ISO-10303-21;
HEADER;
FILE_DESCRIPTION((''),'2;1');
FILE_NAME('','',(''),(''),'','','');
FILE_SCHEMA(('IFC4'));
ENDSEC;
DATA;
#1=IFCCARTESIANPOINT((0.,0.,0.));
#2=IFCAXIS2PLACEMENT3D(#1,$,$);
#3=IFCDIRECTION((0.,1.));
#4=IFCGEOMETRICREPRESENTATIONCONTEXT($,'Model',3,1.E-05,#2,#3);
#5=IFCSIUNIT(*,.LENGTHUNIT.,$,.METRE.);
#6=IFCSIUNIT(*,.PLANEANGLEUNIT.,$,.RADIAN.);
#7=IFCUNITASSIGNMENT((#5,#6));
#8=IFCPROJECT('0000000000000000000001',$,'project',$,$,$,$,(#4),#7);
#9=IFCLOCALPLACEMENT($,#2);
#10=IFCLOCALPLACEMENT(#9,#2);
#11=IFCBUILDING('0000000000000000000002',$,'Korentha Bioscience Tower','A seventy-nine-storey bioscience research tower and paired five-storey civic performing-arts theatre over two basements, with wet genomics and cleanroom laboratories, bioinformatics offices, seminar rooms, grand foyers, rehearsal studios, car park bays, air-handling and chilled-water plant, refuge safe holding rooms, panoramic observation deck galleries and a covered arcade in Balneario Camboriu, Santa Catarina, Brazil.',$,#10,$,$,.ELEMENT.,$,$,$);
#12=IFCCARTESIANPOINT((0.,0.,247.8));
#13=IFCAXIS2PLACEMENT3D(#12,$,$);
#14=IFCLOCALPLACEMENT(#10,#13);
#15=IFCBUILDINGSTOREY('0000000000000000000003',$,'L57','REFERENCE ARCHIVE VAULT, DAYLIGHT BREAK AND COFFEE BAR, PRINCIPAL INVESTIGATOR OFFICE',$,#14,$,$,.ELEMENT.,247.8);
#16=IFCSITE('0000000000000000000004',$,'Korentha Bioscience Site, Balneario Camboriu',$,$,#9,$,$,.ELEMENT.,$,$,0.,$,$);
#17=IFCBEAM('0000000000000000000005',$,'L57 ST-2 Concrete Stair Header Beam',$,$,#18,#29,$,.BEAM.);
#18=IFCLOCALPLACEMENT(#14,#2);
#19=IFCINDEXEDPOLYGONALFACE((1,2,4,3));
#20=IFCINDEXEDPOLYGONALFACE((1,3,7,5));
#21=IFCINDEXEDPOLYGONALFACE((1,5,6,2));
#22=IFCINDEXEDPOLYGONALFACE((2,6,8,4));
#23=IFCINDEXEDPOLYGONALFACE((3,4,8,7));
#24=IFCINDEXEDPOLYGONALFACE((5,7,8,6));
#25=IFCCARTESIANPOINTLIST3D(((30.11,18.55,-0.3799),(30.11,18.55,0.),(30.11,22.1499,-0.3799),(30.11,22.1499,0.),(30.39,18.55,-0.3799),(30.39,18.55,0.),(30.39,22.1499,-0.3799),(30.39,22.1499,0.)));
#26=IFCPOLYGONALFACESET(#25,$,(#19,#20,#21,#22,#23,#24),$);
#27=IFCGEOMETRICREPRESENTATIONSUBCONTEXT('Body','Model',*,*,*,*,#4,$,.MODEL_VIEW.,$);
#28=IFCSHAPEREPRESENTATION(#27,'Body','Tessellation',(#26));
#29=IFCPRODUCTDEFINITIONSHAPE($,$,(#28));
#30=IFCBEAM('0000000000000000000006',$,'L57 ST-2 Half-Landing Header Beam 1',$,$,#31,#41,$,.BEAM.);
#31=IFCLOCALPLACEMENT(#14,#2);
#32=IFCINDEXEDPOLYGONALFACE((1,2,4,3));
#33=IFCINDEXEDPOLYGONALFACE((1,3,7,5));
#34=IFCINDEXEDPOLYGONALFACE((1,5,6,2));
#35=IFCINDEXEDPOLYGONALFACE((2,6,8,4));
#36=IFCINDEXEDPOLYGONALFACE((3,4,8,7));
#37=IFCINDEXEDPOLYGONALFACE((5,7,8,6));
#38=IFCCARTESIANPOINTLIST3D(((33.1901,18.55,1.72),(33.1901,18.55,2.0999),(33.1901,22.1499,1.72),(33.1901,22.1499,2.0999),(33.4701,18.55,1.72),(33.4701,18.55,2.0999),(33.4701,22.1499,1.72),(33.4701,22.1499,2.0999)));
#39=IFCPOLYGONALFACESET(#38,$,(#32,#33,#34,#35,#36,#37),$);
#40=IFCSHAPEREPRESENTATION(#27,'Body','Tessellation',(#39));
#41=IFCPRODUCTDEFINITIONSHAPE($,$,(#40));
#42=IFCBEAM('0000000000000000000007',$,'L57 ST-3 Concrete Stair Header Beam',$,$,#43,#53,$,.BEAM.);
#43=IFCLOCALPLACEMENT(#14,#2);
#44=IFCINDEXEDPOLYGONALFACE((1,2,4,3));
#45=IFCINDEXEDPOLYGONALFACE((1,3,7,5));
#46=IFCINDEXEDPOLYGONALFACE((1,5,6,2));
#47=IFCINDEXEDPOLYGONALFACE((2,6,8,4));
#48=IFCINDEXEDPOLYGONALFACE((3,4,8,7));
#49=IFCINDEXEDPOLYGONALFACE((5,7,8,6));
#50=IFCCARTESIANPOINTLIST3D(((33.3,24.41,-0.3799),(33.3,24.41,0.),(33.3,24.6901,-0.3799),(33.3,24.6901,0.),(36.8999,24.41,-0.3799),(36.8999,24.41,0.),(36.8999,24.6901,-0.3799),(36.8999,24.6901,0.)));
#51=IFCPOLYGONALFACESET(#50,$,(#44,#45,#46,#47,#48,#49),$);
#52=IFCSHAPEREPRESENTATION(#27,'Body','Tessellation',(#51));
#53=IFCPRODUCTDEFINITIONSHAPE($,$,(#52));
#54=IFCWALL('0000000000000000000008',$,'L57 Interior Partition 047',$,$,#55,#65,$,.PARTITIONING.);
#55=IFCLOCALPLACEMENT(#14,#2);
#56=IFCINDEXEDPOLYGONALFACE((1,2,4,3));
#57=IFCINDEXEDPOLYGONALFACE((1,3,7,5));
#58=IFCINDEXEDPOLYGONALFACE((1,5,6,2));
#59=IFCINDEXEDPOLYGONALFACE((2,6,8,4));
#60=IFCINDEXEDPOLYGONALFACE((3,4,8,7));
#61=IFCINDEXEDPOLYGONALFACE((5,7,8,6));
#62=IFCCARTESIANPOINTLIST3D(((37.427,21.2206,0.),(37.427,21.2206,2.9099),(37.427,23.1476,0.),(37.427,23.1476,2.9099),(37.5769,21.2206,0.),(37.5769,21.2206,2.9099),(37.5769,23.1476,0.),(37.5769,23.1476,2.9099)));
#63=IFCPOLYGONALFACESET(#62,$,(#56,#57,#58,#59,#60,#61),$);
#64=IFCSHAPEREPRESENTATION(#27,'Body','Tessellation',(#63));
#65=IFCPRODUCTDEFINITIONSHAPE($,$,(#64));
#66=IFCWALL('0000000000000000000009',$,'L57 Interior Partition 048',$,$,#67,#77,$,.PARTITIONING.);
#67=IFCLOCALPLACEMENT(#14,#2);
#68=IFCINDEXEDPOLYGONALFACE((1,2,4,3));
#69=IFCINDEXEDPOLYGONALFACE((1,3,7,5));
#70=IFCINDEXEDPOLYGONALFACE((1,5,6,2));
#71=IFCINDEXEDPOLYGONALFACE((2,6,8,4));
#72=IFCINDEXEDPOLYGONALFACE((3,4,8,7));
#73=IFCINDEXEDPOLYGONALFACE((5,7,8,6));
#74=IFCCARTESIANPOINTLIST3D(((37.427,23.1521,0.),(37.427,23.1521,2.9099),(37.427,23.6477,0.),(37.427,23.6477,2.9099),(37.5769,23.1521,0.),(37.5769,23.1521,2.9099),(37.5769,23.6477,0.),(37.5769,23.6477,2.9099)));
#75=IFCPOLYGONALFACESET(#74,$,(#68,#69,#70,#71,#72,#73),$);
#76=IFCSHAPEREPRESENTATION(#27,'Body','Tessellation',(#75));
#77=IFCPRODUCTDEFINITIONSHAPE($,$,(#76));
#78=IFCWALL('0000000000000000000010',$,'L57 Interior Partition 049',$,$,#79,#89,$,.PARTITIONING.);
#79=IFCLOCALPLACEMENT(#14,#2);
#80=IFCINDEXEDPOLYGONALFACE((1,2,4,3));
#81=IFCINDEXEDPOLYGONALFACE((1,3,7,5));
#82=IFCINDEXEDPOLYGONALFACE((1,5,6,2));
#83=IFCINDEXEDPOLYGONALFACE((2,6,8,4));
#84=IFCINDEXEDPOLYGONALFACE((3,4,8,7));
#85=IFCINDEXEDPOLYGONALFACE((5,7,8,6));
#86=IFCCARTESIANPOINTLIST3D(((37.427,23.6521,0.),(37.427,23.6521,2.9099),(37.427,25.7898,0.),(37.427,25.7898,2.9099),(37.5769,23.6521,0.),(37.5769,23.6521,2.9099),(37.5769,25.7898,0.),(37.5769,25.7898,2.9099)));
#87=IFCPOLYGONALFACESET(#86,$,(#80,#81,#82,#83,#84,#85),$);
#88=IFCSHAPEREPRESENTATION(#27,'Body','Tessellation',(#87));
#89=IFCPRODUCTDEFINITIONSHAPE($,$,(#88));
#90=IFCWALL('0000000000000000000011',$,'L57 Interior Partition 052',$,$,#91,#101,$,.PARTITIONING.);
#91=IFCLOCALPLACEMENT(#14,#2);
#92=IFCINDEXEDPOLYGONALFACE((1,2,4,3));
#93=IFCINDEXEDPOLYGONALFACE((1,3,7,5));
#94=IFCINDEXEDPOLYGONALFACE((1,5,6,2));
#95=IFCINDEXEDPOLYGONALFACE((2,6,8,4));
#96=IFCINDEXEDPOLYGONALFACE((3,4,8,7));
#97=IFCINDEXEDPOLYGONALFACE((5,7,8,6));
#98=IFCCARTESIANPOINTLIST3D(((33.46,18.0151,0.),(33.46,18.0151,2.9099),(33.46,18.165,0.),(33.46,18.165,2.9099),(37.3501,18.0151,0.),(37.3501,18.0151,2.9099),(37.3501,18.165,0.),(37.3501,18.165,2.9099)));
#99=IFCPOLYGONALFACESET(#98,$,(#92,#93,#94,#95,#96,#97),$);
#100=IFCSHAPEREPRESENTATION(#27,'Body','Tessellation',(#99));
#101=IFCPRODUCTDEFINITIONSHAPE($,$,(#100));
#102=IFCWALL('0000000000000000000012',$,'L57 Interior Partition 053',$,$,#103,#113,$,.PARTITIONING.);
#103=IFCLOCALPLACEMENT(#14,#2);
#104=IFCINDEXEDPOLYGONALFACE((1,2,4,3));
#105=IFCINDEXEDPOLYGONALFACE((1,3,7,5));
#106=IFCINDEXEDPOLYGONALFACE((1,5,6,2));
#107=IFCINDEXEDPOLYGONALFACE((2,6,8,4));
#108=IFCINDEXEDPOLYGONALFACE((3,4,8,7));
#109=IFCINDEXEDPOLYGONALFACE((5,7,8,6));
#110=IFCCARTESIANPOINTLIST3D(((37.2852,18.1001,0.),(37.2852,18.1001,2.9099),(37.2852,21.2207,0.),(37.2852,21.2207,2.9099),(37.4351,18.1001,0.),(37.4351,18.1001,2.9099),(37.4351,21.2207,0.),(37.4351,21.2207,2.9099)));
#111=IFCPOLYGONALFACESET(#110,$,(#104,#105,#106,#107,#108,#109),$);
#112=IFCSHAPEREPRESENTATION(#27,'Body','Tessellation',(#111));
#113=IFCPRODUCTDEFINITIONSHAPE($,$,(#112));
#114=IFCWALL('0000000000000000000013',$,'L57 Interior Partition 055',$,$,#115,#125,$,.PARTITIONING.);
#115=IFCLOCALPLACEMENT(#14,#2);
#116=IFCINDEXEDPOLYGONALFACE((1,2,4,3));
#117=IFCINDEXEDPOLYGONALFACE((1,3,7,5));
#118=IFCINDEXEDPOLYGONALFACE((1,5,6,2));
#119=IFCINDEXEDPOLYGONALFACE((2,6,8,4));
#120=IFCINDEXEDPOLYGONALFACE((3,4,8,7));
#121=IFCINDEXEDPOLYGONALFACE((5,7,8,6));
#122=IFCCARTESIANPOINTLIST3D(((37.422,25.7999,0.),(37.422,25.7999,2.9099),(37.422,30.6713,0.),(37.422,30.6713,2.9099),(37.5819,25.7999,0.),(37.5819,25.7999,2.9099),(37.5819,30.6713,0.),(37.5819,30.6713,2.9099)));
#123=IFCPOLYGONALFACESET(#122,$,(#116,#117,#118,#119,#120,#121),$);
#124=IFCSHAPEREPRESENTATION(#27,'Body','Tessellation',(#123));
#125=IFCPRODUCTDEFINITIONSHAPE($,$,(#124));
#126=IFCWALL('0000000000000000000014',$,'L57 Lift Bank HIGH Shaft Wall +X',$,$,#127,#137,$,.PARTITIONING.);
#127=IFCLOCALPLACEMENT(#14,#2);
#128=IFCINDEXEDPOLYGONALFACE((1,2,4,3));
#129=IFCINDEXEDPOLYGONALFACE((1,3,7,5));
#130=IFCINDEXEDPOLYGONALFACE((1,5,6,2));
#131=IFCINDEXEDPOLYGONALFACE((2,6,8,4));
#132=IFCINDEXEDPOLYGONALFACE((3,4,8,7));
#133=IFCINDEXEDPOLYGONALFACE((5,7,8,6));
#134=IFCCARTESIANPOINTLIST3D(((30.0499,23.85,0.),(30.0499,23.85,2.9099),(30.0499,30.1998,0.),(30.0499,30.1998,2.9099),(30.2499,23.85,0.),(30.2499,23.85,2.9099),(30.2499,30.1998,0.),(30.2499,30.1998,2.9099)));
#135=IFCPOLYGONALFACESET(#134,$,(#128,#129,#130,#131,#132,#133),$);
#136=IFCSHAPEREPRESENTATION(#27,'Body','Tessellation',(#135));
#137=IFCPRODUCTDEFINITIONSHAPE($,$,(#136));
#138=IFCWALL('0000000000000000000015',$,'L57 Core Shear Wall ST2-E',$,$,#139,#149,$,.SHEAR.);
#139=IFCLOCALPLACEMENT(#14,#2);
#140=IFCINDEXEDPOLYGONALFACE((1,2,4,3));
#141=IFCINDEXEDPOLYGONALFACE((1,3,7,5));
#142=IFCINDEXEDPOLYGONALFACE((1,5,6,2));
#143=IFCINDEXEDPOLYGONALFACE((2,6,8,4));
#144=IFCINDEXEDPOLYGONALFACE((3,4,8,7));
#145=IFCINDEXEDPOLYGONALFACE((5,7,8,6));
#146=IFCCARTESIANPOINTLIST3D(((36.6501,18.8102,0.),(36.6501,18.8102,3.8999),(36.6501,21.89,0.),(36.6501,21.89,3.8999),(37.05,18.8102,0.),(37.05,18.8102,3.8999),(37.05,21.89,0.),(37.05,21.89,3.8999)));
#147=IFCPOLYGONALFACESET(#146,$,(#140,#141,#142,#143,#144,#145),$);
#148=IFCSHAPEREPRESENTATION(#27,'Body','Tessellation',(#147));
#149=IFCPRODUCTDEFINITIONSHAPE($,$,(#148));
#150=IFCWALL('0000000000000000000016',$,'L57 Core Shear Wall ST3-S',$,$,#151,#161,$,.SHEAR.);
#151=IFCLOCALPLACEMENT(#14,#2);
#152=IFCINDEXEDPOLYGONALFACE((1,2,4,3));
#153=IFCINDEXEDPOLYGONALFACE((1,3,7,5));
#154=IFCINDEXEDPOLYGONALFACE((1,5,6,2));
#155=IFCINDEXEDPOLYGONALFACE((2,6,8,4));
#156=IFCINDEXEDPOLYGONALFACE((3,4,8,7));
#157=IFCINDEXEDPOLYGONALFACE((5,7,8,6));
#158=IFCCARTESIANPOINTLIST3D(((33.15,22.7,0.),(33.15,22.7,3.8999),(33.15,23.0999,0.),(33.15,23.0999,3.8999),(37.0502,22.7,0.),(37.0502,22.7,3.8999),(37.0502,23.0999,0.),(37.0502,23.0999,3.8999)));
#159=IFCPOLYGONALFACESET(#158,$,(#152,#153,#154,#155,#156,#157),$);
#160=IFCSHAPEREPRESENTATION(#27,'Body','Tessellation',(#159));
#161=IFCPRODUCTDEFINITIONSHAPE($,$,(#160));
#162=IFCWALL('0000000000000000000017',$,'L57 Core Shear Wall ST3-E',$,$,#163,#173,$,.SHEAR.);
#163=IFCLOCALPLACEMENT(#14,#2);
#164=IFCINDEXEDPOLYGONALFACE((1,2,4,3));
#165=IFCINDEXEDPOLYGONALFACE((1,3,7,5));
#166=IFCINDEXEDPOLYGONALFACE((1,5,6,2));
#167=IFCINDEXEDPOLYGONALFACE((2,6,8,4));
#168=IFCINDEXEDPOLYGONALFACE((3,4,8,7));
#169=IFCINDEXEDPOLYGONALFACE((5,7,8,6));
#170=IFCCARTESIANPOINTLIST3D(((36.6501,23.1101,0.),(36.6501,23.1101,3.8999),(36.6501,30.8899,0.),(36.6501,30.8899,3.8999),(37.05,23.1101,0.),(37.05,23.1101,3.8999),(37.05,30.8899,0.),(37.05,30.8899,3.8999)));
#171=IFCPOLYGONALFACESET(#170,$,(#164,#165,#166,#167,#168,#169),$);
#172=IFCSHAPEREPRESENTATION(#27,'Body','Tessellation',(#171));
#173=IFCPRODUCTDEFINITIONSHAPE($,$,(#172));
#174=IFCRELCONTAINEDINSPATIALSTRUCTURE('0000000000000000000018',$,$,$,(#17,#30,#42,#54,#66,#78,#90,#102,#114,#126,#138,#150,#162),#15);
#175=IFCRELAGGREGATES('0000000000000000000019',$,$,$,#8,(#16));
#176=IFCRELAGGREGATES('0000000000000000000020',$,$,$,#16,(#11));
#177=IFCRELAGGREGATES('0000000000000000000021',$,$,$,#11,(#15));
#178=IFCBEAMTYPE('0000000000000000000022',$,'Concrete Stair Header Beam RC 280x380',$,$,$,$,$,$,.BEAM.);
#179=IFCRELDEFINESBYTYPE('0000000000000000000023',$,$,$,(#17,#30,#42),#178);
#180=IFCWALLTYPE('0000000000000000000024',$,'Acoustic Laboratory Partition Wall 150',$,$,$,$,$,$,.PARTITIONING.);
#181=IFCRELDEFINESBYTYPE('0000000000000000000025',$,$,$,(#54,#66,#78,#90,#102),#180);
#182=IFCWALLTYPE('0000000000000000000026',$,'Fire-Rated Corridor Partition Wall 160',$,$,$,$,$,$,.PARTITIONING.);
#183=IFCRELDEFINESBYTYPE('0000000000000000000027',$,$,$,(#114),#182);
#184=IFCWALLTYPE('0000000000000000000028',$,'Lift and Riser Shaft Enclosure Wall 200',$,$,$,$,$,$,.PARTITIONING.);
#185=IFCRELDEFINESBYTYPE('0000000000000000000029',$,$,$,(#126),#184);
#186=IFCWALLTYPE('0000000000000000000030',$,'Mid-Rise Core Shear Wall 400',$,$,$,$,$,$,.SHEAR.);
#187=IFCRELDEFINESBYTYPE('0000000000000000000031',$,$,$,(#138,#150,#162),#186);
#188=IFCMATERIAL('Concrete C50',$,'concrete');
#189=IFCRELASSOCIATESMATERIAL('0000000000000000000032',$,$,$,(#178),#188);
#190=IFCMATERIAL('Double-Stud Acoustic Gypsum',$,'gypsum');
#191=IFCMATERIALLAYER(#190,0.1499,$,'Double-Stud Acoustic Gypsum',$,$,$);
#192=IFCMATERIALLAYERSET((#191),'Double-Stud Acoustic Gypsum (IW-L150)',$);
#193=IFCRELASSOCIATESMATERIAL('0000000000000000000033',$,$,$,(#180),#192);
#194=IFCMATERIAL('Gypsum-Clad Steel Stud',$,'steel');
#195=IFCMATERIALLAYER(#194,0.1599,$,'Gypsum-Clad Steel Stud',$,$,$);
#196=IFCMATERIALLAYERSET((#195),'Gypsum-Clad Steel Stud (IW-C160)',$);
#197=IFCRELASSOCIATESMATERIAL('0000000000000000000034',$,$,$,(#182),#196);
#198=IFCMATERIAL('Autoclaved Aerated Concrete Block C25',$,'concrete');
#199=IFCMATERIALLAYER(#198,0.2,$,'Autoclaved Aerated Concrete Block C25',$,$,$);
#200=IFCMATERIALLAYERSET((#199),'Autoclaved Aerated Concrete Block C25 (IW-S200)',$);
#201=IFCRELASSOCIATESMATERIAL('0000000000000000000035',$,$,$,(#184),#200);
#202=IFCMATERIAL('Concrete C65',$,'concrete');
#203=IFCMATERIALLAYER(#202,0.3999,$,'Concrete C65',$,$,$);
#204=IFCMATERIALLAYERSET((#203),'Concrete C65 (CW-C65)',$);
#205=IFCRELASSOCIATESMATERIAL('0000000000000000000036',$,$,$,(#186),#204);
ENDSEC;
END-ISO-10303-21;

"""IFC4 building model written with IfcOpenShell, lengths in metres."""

from ifc_helpers import new_model, si_unit, direction, frame, frame_2d, origin, origin_2d, place, context, subcontext, project, spatial, rectangle, extrude, material, layer, layer_set, material_profile, profile_set, type_object, element, save


model = new_model("IFC4")

# Units and contexts
model_context = context("Model", 3, precision=1e-05, world=origin(), true_north=direction((0.0, 1.0)))
body_context = subcontext(model_context, "Body", "Model", "MODEL_VIEW")
ifc_project = project(units=[si_unit("LENGTHUNIT", "METRE"), si_unit("PLANEANGLEUNIT", "RADIAN")], contexts=[model_context])

# Site, building, storey
site_placement = place(None, origin())
site = spatial("IfcSite", under=ifc_project, at=site_placement, Name="Korentha Bioscience Site, Balneario Camboriu", CompositionType="ELEMENT", RefElevation=0.0)
building_placement = place(site_placement, origin())
building = spatial("IfcBuilding", under=site, at=building_placement, Name="Korentha Bioscience Tower", Description="A seventy-nine-storey bioscience research tower and paired five-storey civic performing-arts theatre over two basements, with wet genomics and cleanroom laboratories, bioinformatics offices, seminar rooms, grand foyers, rehearsal studios, car park bays, air-handling and chilled-water plant, refuge safe holding rooms, panoramic observation deck galleries and a covered arcade in Balneario Camboriu, Santa Catarina, Brazil.", CompositionType="ELEMENT")
storey_placement = place(building_placement, frame((0.0, 0.0, 247.8)))
storey = spatial("IfcBuildingStorey", under=building, at=storey_placement, Name="L57", Description="REFERENCE ARCHIVE VAULT, DAYLIGHT BREAK AND COFFEE BAR, PRINCIPAL INVESTIGATOR OFFICE", CompositionType="ELEMENT", Elevation=247.8)

# Beams
ifc_material_1 = material(Name="Concrete C50", Category="concrete")
ifc_material_profile = material_profile(ifc_material_1, rectangle(XDim=0.28, YDim=0.3799, at=origin_2d()), Name="Concrete C50")
ifc_profile_set = profile_set([ifc_material_profile], Name="Concrete C50 (ST-HB380)")
beam_type = type_object("IfcBeamType", Name="Concrete Stair Header Beam RC 280x380", PredefinedType="BEAM", material=ifc_profile_set)
for number, where, z_axis, x_axis, name in (
    (1, (30.25, 18.55, -0.1899), (0.0, 1.0, 0.0), (-1.0, 0.0, 0.0), "L57 ST-2 Concrete Stair Header Beam"),
    (2, (33.3301, 18.55, 1.9099), (0.0, 1.0, 0.0), (-1.0, 0.0, 0.0), "L57 ST-2 Half-Landing Header Beam 1"),
    (3, (36.8999, 24.55, -0.1899), (-1.0, 0.0, 0.0), (0.0, -1.0, 0.0), "L57 ST-3 Concrete Stair Header Beam"),
):
    element("IfcBeam", number, at=place(storey_placement, frame(where, z_axis=z_axis, x_axis=x_axis)), inside=storey, type_object=beam_type, Name=name, PredefinedType="BEAM", context=body_context, shape_type="SweptSolid", body=[
        extrude(rectangle(XDim=0.28, YDim=0.3799, at=origin_2d()), origin(), (0.0, 0.0, 1.0), 3.5999),
    ])

# Walls
ifc_material_2 = material(Name="Double-Stud Acoustic Gypsum", Category="gypsum")
ifc_layer_1 = layer(ifc_material_2, 0.1499, Name="Double-Stud Acoustic Gypsum")
ifc_layer_set_1 = layer_set([ifc_layer_1], Name="Double-Stud Acoustic Gypsum (IW-L150)")
wall_type_1 = type_object("IfcWallType", Name="Acoustic Laboratory Partition Wall 150", PredefinedType="PARTITIONING", material=ifc_layer_set_1)
wall_1_placement = place(storey_placement, frame((37.502, 21.2207, 0.0), z_axis=(0.0, 0.0, 1.0), x_axis=(0.0, 1.0, 0.0)))
element("IfcWall", 4, at=wall_1_placement, inside=storey, type_object=wall_type_1, Name="L57 Interior Partition 047", PredefinedType="PARTITIONING", context=body_context, shape_type="SweptSolid", body=[
    extrude(rectangle(XDim=1.927, YDim=0.1499, at=frame_2d((0.9634, 0.0))), origin(), (0.0, 0.0, 1.0), 2.9099),
])
wall_2_placement = place(storey_placement, frame((37.502, 23.1521, 0.0), z_axis=(0.0, 0.0, 1.0), x_axis=(0.0, 1.0, 0.0)))
element("IfcWall", 5, at=wall_2_placement, inside=storey, type_object=wall_type_1, Name="L57 Interior Partition 048", PredefinedType="PARTITIONING", context=body_context, shape_type="SweptSolid", body=[
    extrude(rectangle(XDim=0.4956, YDim=0.1499, at=frame_2d((0.2478, 0.0))), origin(), (0.0, 0.0, 1.0), 2.9099),
])
wall_3_placement = place(storey_placement, frame((37.502, 23.6521, 0.0), z_axis=(0.0, 0.0, 1.0), x_axis=(0.0, 1.0, 0.0)))
element("IfcWall", 6, at=wall_3_placement, inside=storey, type_object=wall_type_1, Name="L57 Interior Partition 049", PredefinedType="PARTITIONING", context=body_context, shape_type="SweptSolid", body=[
    extrude(rectangle(XDim=2.1377, YDim=0.1499, at=frame_2d((1.0688, 0.0))), origin(), (0.0, 0.0, 1.0), 2.9099),
])
wall_4_placement = place(storey_placement, frame((33.46, 18.0901, 0.0), z_axis=(0.0, 0.0, 1.0), x_axis=(1.0, 0.0, 0.0)))
element("IfcWall", 7, at=wall_4_placement, inside=storey, type_object=wall_type_1, Name="L57 Interior Partition 052", PredefinedType="PARTITIONING", context=body_context, shape_type="SweptSolid", body=[
    extrude(rectangle(XDim=3.8901, YDim=0.1499, at=frame_2d((1.9451, 0.0))), origin(), (0.0, 0.0, 1.0), 2.9099),
])
wall_5_placement = place(storey_placement, frame((37.3601, 18.1001, 0.0), z_axis=(0.0, 0.0, 1.0), x_axis=(0.0, 1.0, 0.0)))
element("IfcWall", 8, at=wall_5_placement, inside=storey, type_object=wall_type_1, Name="L57 Interior Partition 053", PredefinedType="PARTITIONING", context=body_context, shape_type="SweptSolid", body=[
    extrude(rectangle(XDim=3.1206, YDim=0.1499, at=frame_2d((1.5603, 0.0))), origin(), (0.0, 0.0, 1.0), 2.9099),
])
ifc_material_3 = material(Name="Gypsum-Clad Steel Stud", Category="steel")
ifc_layer_2 = layer(ifc_material_3, 0.1599, Name="Gypsum-Clad Steel Stud")
ifc_layer_set_2 = layer_set([ifc_layer_2], Name="Gypsum-Clad Steel Stud (IW-C160)")
wall_type_2 = type_object("IfcWallType", Name="Fire-Rated Corridor Partition Wall 160", PredefinedType="PARTITIONING", material=ifc_layer_set_2)
wall_6_placement = place(storey_placement, frame((37.502, 25.8, 0.0), z_axis=(0.0, 0.0, 1.0), x_axis=(0.0, 1.0, 0.0)))
element("IfcWall", 9, at=wall_6_placement, inside=storey, type_object=wall_type_2, Name="L57 Interior Partition 055", PredefinedType="PARTITIONING", context=body_context, shape_type="SweptSolid", body=[
    extrude(rectangle(XDim=4.8713, YDim=0.1599, at=frame_2d((2.4355, 0.0))), origin(), (0.0, 0.0, 1.0), 2.9099),
])
ifc_material_4 = material(Name="Autoclaved Aerated Concrete Block C25", Category="concrete")
ifc_layer_3 = layer(ifc_material_4, 0.2, Name="Autoclaved Aerated Concrete Block C25")
ifc_layer_set_3 = layer_set([ifc_layer_3], Name="Autoclaved Aerated Concrete Block C25 (IW-S200)")
wall_type_3 = type_object("IfcWallType", Name="Lift and Riser Shaft Enclosure Wall 200", PredefinedType="PARTITIONING", material=ifc_layer_set_3)
wall_7_placement = place(storey_placement, frame((30.1499, 23.8501, 0.0), z_axis=(0.0, 0.0, 1.0), x_axis=(0.0, 1.0, 0.0)))
element("IfcWall", 10, at=wall_7_placement, inside=storey, type_object=wall_type_3, Name="L57 Lift Bank HIGH Shaft Wall +X", PredefinedType="PARTITIONING", context=body_context, shape_type="SweptSolid", body=[
    extrude(rectangle(XDim=6.3499, YDim=0.2, at=frame_2d((3.1748, 0.0))), origin(), (0.0, 0.0, 1.0), 2.9099),
])
ifc_material_5 = material(Name="Concrete C65", Category="concrete")
ifc_layer_4 = layer(ifc_material_5, 0.3999, Name="Concrete C65")
ifc_layer_set_4 = layer_set([ifc_layer_4], Name="Concrete C65 (CW-C65)")
wall_type_4 = type_object("IfcWallType", Name="Mid-Rise Core Shear Wall 400", PredefinedType="SHEAR", material=ifc_layer_set_4)
wall_8_placement = place(storey_placement, frame((36.8501, 18.8101, 0.0), z_axis=(0.0, 0.0, 1.0), x_axis=(0.0, 1.0, 0.0)))
element("IfcWall", 11, at=wall_8_placement, inside=storey, type_object=wall_type_4, Name="L57 Core Shear Wall ST2-E", PredefinedType="SHEAR", context=body_context, shape_type="SweptSolid", body=[
    extrude(rectangle(XDim=3.0798, YDim=0.3999, at=frame_2d((1.54, 0.0))), origin(), (0.0, 0.0, 1.0), 3.8999),
])
wall_9_placement = place(storey_placement, frame((33.1499, 22.8999, 0.0), z_axis=(0.0, 0.0, 1.0), x_axis=(1.0, 0.0, 0.0)))
element("IfcWall", 12, at=wall_9_placement, inside=storey, type_object=wall_type_4, Name="L57 Core Shear Wall ST3-S", PredefinedType="SHEAR", context=body_context, shape_type="SweptSolid", body=[
    extrude(rectangle(XDim=3.9001, YDim=0.3999, at=frame_2d((1.9502, 0.0))), origin(), (0.0, 0.0, 1.0), 3.8999),
])
wall_10_placement = place(storey_placement, frame((36.8501, 23.1101, 0.0), z_axis=(0.0, 0.0, 1.0), x_axis=(0.0, 1.0, 0.0)))
element("IfcWall", 13, at=wall_10_placement, inside=storey, type_object=wall_type_4, Name="L57 Core Shear Wall ST3-E", PredefinedType="SHEAR", context=body_context, shape_type="SweptSolid", body=[
    extrude(rectangle(XDim=7.7798, YDim=0.3999, at=frame_2d((3.8899, 0.0))), origin(), (0.0, 0.0, 1.0), 3.8999),
])

save(model, "model.ifc")
